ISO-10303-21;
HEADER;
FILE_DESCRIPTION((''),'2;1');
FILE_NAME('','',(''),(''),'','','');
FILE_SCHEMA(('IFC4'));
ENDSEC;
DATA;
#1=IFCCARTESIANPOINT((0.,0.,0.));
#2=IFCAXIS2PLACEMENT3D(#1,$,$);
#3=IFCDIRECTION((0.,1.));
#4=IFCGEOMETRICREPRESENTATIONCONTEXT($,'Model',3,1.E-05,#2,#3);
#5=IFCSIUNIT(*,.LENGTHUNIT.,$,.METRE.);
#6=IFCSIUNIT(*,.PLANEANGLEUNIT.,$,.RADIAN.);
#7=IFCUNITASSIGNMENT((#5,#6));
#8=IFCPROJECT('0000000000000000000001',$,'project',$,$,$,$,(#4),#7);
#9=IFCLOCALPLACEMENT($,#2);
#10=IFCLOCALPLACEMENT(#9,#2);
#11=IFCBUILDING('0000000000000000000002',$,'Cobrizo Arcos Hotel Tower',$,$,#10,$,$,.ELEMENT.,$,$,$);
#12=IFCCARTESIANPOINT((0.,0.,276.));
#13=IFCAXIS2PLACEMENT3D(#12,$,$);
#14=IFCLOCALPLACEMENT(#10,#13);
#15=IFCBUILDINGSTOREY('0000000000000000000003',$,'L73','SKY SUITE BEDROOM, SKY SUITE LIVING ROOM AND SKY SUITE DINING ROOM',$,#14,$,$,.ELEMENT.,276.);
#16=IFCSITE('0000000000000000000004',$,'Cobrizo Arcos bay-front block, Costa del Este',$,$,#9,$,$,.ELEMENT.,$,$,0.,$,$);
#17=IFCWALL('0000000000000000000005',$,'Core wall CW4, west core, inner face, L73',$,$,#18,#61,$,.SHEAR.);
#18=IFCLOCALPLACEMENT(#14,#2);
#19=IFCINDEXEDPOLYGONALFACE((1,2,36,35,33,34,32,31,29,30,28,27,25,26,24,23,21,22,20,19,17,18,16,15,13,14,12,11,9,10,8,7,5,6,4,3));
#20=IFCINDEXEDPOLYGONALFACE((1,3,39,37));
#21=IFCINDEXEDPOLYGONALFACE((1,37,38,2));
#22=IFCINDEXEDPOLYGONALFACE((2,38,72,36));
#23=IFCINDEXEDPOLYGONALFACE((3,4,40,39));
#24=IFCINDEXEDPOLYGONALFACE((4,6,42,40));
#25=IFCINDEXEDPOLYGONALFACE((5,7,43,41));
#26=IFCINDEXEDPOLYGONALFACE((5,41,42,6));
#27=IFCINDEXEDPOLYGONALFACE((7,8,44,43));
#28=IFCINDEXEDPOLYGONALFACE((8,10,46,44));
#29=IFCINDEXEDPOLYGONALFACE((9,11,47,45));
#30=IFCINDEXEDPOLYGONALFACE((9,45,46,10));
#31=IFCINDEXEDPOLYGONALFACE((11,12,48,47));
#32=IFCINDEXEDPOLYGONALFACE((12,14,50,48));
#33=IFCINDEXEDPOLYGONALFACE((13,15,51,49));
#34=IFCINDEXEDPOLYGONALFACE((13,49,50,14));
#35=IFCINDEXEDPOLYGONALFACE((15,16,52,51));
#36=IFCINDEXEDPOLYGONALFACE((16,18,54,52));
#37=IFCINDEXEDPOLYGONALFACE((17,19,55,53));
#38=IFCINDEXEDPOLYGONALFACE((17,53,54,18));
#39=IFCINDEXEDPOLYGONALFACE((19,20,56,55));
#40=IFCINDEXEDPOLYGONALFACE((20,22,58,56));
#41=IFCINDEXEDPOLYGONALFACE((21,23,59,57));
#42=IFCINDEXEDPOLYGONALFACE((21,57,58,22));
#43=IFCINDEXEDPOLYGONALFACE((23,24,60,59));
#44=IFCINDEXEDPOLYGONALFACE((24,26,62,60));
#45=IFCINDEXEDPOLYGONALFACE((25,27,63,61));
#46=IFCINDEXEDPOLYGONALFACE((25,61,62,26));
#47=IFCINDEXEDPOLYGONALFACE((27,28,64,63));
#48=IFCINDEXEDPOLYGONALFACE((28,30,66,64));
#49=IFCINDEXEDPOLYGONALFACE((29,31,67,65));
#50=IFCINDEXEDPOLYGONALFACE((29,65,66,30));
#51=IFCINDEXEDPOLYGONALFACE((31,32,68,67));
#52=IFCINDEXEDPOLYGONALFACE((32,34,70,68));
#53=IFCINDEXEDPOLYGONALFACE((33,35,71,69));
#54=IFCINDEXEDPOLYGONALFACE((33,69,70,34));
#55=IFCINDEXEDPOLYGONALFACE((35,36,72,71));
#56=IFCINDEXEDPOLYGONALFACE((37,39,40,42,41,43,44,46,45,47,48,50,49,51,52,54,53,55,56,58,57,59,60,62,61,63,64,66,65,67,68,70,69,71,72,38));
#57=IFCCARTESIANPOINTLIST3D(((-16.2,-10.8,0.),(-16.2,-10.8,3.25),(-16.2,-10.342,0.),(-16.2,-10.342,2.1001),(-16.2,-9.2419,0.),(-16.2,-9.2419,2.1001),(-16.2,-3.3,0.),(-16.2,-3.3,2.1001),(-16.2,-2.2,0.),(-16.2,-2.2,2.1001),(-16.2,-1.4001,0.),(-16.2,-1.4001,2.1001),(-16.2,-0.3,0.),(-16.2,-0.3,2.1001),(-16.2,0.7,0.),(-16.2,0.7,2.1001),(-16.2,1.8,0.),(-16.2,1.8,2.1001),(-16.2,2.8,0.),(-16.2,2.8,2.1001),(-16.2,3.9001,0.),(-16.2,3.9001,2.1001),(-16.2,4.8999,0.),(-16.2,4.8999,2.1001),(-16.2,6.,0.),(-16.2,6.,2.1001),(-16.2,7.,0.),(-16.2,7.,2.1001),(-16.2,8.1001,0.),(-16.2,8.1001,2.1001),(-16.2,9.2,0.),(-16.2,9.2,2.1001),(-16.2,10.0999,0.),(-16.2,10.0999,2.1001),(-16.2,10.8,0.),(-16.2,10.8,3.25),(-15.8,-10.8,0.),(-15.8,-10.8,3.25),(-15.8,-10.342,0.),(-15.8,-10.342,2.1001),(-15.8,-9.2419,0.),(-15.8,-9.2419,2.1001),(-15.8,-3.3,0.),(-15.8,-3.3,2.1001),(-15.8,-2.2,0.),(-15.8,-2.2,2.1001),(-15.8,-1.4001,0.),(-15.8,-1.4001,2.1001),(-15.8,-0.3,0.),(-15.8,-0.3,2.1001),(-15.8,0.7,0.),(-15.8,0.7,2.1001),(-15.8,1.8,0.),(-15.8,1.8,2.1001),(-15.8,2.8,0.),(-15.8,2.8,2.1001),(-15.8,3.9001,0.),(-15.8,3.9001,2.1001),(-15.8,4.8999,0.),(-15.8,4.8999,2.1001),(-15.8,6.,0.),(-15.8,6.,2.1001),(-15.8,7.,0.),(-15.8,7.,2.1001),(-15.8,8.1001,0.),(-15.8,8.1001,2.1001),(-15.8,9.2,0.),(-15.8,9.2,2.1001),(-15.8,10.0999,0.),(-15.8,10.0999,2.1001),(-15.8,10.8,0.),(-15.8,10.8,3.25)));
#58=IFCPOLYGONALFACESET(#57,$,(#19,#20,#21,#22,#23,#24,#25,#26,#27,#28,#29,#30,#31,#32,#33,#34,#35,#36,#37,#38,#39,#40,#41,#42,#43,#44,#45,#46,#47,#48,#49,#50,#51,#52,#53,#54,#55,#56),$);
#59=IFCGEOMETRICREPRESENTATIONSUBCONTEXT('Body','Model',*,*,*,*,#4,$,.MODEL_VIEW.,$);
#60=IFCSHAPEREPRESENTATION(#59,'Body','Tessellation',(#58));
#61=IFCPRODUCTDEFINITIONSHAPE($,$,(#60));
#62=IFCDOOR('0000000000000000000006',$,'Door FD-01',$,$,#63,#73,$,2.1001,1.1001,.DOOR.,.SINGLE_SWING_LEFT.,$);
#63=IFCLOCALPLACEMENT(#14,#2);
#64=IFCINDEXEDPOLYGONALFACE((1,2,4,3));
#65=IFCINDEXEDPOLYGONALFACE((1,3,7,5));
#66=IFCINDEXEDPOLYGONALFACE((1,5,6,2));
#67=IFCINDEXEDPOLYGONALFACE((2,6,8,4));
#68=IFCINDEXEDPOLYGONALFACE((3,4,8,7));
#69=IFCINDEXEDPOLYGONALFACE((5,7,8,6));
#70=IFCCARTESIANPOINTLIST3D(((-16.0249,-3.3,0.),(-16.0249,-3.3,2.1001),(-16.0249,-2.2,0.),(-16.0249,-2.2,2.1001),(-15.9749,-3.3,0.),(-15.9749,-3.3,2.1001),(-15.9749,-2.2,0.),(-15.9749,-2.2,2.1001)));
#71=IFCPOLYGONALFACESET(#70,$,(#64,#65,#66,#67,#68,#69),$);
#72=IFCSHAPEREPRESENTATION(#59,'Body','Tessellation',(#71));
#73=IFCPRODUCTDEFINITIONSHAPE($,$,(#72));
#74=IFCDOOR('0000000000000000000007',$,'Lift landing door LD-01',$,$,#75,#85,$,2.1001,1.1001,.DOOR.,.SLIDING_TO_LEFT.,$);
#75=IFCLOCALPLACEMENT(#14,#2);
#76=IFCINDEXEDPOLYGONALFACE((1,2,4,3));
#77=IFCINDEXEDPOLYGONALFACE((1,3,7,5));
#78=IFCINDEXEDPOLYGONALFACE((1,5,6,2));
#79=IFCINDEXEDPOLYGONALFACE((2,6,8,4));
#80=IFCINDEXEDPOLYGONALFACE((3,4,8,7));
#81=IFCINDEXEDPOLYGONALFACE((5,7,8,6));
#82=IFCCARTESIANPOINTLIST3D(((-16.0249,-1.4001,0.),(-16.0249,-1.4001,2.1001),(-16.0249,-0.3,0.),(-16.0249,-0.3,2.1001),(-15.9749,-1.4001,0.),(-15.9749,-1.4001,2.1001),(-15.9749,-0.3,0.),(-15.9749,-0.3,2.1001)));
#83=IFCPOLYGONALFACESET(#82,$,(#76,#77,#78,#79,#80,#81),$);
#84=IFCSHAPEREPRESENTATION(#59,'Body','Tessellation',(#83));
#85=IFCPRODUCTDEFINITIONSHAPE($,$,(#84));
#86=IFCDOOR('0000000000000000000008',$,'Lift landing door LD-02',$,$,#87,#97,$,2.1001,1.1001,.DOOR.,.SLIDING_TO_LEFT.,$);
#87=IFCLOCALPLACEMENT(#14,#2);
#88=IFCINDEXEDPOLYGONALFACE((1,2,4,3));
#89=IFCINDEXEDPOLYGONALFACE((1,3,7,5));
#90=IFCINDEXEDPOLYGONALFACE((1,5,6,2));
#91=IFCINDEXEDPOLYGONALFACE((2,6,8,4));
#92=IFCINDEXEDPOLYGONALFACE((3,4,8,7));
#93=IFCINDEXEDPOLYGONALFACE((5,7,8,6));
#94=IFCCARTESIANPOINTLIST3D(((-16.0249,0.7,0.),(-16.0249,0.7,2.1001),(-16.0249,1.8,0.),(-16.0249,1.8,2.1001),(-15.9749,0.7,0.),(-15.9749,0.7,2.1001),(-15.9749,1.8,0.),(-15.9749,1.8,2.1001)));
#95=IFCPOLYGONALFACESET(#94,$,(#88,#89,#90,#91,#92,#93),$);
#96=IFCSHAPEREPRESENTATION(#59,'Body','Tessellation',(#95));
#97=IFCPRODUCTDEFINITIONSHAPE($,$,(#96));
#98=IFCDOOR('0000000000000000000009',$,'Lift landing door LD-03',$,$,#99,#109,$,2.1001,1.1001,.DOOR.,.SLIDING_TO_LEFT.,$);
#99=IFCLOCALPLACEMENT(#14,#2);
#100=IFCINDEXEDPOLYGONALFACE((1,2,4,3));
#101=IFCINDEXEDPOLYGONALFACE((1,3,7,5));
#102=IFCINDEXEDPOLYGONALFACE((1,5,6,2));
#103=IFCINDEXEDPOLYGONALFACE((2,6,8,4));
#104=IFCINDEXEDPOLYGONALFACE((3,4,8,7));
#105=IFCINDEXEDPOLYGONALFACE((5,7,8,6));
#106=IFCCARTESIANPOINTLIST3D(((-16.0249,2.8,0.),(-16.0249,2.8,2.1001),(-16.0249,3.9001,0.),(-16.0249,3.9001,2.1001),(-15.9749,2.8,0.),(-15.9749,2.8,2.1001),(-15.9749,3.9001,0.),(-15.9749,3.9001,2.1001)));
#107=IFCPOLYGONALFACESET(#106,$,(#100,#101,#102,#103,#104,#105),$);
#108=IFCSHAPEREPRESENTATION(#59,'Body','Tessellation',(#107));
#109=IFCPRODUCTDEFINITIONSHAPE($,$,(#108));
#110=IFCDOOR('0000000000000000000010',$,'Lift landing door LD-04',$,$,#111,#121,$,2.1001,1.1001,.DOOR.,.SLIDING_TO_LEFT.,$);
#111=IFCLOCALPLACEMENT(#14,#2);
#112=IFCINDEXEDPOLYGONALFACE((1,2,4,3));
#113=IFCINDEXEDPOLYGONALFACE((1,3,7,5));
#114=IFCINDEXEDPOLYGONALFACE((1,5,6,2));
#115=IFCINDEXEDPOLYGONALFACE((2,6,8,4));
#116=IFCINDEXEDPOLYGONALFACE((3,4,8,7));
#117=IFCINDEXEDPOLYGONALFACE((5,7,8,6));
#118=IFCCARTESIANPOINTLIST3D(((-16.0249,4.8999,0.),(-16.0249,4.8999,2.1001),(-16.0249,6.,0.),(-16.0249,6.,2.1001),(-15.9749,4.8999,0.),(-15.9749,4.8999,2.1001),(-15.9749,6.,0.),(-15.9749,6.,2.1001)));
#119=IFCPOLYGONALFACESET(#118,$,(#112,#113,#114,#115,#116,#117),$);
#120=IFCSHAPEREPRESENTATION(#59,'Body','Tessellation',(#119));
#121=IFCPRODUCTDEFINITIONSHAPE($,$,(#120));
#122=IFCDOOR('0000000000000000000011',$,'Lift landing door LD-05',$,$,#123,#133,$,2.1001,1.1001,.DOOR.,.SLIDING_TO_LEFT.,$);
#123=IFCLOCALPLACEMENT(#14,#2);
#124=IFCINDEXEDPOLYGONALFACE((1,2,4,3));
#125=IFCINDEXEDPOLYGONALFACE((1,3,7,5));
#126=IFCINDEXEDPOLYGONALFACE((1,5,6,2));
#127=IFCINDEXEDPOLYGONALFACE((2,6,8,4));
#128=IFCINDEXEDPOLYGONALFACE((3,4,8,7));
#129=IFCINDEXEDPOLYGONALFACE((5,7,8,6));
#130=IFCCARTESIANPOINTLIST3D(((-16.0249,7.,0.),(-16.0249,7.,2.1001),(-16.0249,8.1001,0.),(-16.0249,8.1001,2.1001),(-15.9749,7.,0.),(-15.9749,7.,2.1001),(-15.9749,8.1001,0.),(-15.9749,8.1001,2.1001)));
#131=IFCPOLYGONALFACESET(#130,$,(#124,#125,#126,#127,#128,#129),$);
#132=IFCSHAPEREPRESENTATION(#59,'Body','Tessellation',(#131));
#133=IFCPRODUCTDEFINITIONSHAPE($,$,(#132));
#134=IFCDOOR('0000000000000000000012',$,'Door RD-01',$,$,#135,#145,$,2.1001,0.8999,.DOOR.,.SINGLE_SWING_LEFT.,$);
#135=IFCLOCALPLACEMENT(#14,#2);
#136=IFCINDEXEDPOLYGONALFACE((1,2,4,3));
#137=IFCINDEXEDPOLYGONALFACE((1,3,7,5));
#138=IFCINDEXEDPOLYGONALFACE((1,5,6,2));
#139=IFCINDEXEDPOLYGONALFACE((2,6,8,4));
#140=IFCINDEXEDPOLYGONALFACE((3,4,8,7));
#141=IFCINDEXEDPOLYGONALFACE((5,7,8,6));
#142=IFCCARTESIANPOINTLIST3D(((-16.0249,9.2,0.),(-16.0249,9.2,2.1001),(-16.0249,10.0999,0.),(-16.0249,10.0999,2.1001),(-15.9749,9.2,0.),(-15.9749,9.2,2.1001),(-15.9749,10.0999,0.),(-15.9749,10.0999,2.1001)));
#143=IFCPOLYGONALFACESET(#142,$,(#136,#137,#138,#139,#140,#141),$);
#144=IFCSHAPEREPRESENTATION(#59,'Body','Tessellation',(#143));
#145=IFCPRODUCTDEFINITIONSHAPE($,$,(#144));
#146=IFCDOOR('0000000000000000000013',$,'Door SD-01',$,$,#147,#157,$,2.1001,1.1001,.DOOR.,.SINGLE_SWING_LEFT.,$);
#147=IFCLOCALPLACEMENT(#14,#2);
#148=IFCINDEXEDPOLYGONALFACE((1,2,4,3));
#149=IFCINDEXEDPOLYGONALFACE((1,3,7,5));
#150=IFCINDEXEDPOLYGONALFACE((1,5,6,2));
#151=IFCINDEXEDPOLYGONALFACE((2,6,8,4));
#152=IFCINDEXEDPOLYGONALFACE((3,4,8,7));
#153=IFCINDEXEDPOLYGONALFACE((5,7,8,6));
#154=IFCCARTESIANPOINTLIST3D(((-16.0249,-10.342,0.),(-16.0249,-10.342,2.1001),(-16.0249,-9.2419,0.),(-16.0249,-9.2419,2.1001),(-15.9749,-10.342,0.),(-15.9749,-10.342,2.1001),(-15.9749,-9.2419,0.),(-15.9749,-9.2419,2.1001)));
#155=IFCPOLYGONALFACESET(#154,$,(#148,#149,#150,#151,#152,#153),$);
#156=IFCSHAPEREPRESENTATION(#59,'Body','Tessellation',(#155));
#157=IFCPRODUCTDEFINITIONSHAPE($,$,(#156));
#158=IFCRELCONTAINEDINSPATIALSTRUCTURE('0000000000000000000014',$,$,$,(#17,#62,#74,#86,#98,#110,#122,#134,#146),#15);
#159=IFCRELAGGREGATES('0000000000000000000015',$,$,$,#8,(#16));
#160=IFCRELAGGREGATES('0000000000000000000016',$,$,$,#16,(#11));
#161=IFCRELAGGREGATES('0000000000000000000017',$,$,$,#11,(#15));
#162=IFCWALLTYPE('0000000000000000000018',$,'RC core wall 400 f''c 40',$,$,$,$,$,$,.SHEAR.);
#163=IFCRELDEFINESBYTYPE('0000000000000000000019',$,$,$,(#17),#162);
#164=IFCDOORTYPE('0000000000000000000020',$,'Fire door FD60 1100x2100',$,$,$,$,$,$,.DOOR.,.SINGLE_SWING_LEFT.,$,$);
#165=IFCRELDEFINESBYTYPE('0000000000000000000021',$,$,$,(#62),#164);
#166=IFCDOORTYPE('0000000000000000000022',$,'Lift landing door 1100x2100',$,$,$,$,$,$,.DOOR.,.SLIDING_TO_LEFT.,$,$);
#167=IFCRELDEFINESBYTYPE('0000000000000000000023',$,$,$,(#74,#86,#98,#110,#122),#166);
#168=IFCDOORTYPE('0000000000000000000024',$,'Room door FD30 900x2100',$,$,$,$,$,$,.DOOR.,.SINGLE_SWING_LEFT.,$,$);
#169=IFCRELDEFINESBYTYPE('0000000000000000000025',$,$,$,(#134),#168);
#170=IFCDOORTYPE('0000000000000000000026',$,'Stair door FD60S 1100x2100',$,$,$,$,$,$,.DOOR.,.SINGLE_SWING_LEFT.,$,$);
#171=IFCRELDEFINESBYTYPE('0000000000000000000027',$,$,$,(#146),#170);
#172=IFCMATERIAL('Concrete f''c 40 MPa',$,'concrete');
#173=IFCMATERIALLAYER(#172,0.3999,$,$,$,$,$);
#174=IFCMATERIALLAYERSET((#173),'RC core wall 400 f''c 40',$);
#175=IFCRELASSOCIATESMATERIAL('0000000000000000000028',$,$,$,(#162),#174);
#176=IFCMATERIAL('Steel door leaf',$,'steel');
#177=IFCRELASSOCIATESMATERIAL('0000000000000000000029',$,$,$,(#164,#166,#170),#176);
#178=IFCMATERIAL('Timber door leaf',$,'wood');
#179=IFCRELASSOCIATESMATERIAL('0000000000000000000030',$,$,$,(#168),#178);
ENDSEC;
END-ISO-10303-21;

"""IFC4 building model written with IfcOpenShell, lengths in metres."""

from ifc_helpers import new_model, si_unit, direction, frame, frame_2d, origin, place, context, subcontext, project, spatial, rectangle, extrude, material, layer, layer_set, type_object, element, fill, save


model = new_model("IFC4")

# Units and contexts
model_context = context("Model", 3, precision=1e-05, world=origin(), true_north=direction((0.0, 1.0)))
body_context = subcontext(model_context, "Body", "Model", "MODEL_VIEW")
ifc_project = project(units=[si_unit("LENGTHUNIT", "METRE"), si_unit("PLANEANGLEUNIT", "RADIAN")], contexts=[model_context])

# Site, building, storey
site_placement = place(None, origin())
site = spatial("IfcSite", under=ifc_project, at=site_placement, Name="Cobrizo Arcos bay-front block, Costa del Este", CompositionType="ELEMENT", RefElevation=0.0)
building_placement = place(site_placement, origin())
building = spatial("IfcBuilding", under=site, at=building_placement, Name="Cobrizo Arcos Hotel Tower", CompositionType="ELEMENT")
storey_placement = place(building_placement, frame((0.0, 0.0, 276.0)))
storey = spatial("IfcBuildingStorey", under=building, at=storey_placement, Name="L73", Description="SKY SUITE BEDROOM, SKY SUITE LIVING ROOM AND SKY SUITE DINING ROOM", CompositionType="ELEMENT", Elevation=276.0)

# Wall, openings, doors
ifc_material_1 = material(Name="Concrete f'c 40 MPa", Category="concrete")
ifc_layer_1 = layer(ifc_material_1, 0.3999)
ifc_layer_set_1 = layer_set([ifc_layer_1], Name="RC core wall 400 f'c 40")
wall_type_1 = type_object("IfcWallType", Name="RC core wall 400 f'c 40", PredefinedType="SHEAR", material=ifc_layer_set_1)
wall_1_placement = place(storey_placement, frame((-16.0, -10.8, 0.0), z_axis=(0.0, 0.0, 1.0), x_axis=(0.0, 1.0, 0.0)))
wall_1 = element("IfcWall", 1, at=wall_1_placement, inside=storey, type_object=wall_type_1, Name="Core wall CW4, west core, inner face, L73", PredefinedType="SHEAR", context=body_context, shape_type="SweptSolid", body=[
    extrude(rectangle(XDim=21.6001, YDim=0.3999, at=frame_2d((10.8, 0.0))), origin(), (0.0, 0.0, 1.0), 3.25),
])
opening_1_placement = place(wall_1_placement, frame((9.3999, 0.0, 0.0)))
opening_1 = element("IfcOpeningElement", 2, at=opening_1_placement, cuts=wall_1, PredefinedType="OPENING", context=body_context, shape_type="SweptSolid", body=[
    extrude(rectangle(XDim=1.1001, YDim=2.1001, at=frame_2d((0.55, 1.05))), frame((0.0, 0.2119, 0.0), z_axis=(0.0, -1.0, 0.0), x_axis=(1.0, 0.0, 0.0)), (0.0, 0.0, 1.0), 0.4238),
])
opening_2_placement = place(wall_1_placement, frame((11.5, 0.0, 0.0)))
opening_2 = element("IfcOpeningElement", 3, at=opening_2_placement, cuts=wall_1, PredefinedType="OPENING", context=body_context, shape_type="SweptSolid", body=[
    extrude(rectangle(XDim=1.1001, YDim=2.1001, at=frame_2d((0.55, 1.05))), frame((0.0, 0.2119, 0.0), z_axis=(0.0, -1.0, 0.0), x_axis=(1.0, 0.0, 0.0)), (0.0, 0.0, 1.0), 0.4238),
])
opening_3_placement = place(wall_1_placement, frame((13.6001, 0.0, 0.0)))
opening_3 = element("IfcOpeningElement", 4, at=opening_3_placement, cuts=wall_1, PredefinedType="OPENING", context=body_context, shape_type="SweptSolid", body=[
    extrude(rectangle(XDim=1.1001, YDim=2.1001, at=frame_2d((0.55, 1.05))), frame((0.0, 0.2119, 0.0), z_axis=(0.0, -1.0, 0.0), x_axis=(1.0, 0.0, 0.0)), (0.0, 0.0, 1.0), 0.4238),
])
opening_4_placement = place(wall_1_placement, frame((15.7, 0.0, 0.0)))
opening_4 = element("IfcOpeningElement", 5, at=opening_4_placement, cuts=wall_1, PredefinedType="OPENING", context=body_context, shape_type="SweptSolid", body=[
    extrude(rectangle(XDim=1.1001, YDim=2.1001, at=frame_2d((0.55, 1.05))), frame((0.0, 0.2119, 0.0), z_axis=(0.0, -1.0, 0.0), x_axis=(1.0, 0.0, 0.0)), (0.0, 0.0, 1.0), 0.4238),
])
opening_5_placement = place(wall_1_placement, frame((17.8, 0.0, 0.0)))
opening_5 = element("IfcOpeningElement", 6, at=opening_5_placement, cuts=wall_1, PredefinedType="OPENING", context=body_context, shape_type="SweptSolid", body=[
    extrude(rectangle(XDim=1.1001, YDim=2.1001, at=frame_2d((0.55, 1.05))), frame((0.0, 0.2119, 0.0), z_axis=(0.0, -1.0, 0.0), x_axis=(1.0, 0.0, 0.0)), (0.0, 0.0, 1.0), 0.4238),
])
opening_6_placement = place(wall_1_placement, frame((0.458, 0.0, 0.0)))
opening_6 = element("IfcOpeningElement", 7, at=opening_6_placement, cuts=wall_1, PredefinedType="OPENING", context=body_context, shape_type="SweptSolid", body=[
    extrude(rectangle(XDim=1.1001, YDim=2.1001, at=frame_2d((0.55, 1.05))), frame((0.0, 0.2119, 0.0), z_axis=(0.0, -1.0, 0.0), x_axis=(1.0, 0.0, 0.0)), (0.0, 0.0, 1.0), 0.4238),
])
opening_7_placement = place(wall_1_placement, frame((7.5, 0.0, 0.0)))
opening_7 = element("IfcOpeningElement", 8, at=opening_7_placement, cuts=wall_1, PredefinedType="OPENING", context=body_context, shape_type="SweptSolid", body=[
    extrude(rectangle(XDim=1.1001, YDim=2.1001, at=frame_2d((0.55, 1.05))), frame((0.0, 0.2119, 0.0), z_axis=(0.0, -1.0, 0.0), x_axis=(1.0, 0.0, 0.0)), (0.0, 0.0, 1.0), 0.4238),
])
opening_8_placement = place(wall_1_placement, frame((20.0, 0.0, 0.0)))
opening_8 = element("IfcOpeningElement", 9, at=opening_8_placement, cuts=wall_1, PredefinedType="OPENING", context=body_context, shape_type="SweptSolid", body=[
    extrude(rectangle(XDim=0.8999, YDim=2.1001, at=frame_2d((0.45, 1.05))), frame((0.0, 0.2119, 0.0), z_axis=(0.0, -1.0, 0.0), x_axis=(1.0, 0.0, 0.0)), (0.0, 0.0, 1.0), 0.4238),
])
ifc_material_2 = material(Name="Steel door leaf", Category="steel")
door_type_1 = type_object("IfcDoorType", Name="Fire door FD60 1100x2100", OperationType="SINGLE_SWING_LEFT", PredefinedType="DOOR", material=ifc_material_2)
door_1_placement = place(opening_7_placement, origin())
door_1 = element("IfcDoor", 10, at=door_1_placement, inside=storey, type_object=door_type_1, Name="Door FD-01", OperationType="SINGLE_SWING_LEFT", OverallHeight=2.1001, OverallWidth=1.1001, PredefinedType="DOOR", context=body_context, shape_type="SweptSolid", body=[
    extrude(rectangle(XDim=1.1001, YDim=2.1001, at=frame_2d((0.55, 1.05))), frame((0.0, 0.0249, 0.0), z_axis=(0.0, -1.0, 0.0), x_axis=(1.0, 0.0, 0.0)), (0.0, 0.0, 1.0), 0.05),
])
fill(opening_7, door_1)
door_type_2 = type_object("IfcDoorType", Name="Lift landing door 1100x2100", OperationType="SLIDING_TO_LEFT", PredefinedType="DOOR", material=ifc_material_2)
door_2_placement = place(opening_1_placement, origin())
door_2 = element("IfcDoor", 11, at=door_2_placement, inside=storey, type_object=door_type_2, Name="Lift landing door LD-01", OperationType="SLIDING_TO_LEFT", OverallHeight=2.1001, OverallWidth=1.1001, PredefinedType="DOOR", context=body_context, shape_type="SweptSolid", body=[
    extrude(rectangle(XDim=1.1001, YDim=2.1001, at=frame_2d((0.55, 1.05))), frame((0.0, 0.0249, 0.0), z_axis=(0.0, -1.0, 0.0), x_axis=(1.0, 0.0, 0.0)), (0.0, 0.0, 1.0), 0.05),
])
fill(opening_1, door_2)
door_3_placement = place(opening_2_placement, origin())
door_3 = element("IfcDoor", 12, at=door_3_placement, inside=storey, type_object=door_type_2, Name="Lift landing door LD-02", OperationType="SLIDING_TO_LEFT", OverallHeight=2.1001, OverallWidth=1.1001, PredefinedType="DOOR", context=body_context, shape_type="SweptSolid", body=[
    extrude(rectangle(XDim=1.1001, YDim=2.1001, at=frame_2d((0.55, 1.05))), frame((0.0, 0.0249, 0.0), z_axis=(0.0, -1.0, 0.0), x_axis=(1.0, 0.0, 0.0)), (0.0, 0.0, 1.0), 0.05),
])
fill(opening_2, door_3)
door_4_placement = place(opening_3_placement, origin())
door_4 = element("IfcDoor", 13, at=door_4_placement, inside=storey, type_object=door_type_2, Name="Lift landing door LD-03", OperationType="SLIDING_TO_LEFT", OverallHeight=2.1001, OverallWidth=1.1001, PredefinedType="DOOR", context=body_context, shape_type="SweptSolid", body=[
    extrude(rectangle(XDim=1.1001, YDim=2.1001, at=frame_2d((0.55, 1.05))), frame((0.0, 0.0249, 0.0), z_axis=(0.0, -1.0, 0.0), x_axis=(1.0, 0.0, 0.0)), (0.0, 0.0, 1.0), 0.05),
])
fill(opening_3, door_4)
door_5_placement = place(opening_4_placement, origin())
door_5 = element("IfcDoor", 14, at=door_5_placement, inside=storey, type_object=door_type_2, Name="Lift landing door LD-04", OperationType="SLIDING_TO_LEFT", OverallHeight=2.1001, OverallWidth=1.1001, PredefinedType="DOOR", context=body_context, shape_type="SweptSolid", body=[
    extrude(rectangle(XDim=1.1001, YDim=2.1001, at=frame_2d((0.55, 1.05))), frame((0.0, 0.0249, 0.0), z_axis=(0.0, -1.0, 0.0), x_axis=(1.0, 0.0, 0.0)), (0.0, 0.0, 1.0), 0.05),
])
fill(opening_4, door_5)
door_6_placement = place(opening_5_placement, origin())
door_6 = element("IfcDoor", 15, at=door_6_placement, inside=storey, type_object=door_type_2, Name="Lift landing door LD-05", OperationType="SLIDING_TO_LEFT", OverallHeight=2.1001, OverallWidth=1.1001, PredefinedType="DOOR", context=body_context, shape_type="SweptSolid", body=[
    extrude(rectangle(XDim=1.1001, YDim=2.1001, at=frame_2d((0.55, 1.05))), frame((0.0, 0.0249, 0.0), z_axis=(0.0, -1.0, 0.0), x_axis=(1.0, 0.0, 0.0)), (0.0, 0.0, 1.0), 0.05),
])
fill(opening_5, door_6)
ifc_material_3 = material(Name="Timber door leaf", Category="wood")
door_type_3 = type_object("IfcDoorType", Name="Room door FD30 900x2100", OperationType="SINGLE_SWING_LEFT", PredefinedType="DOOR", material=ifc_material_3)
door_7_placement = place(opening_8_placement, origin())
door_7 = element("IfcDoor", 16, at=door_7_placement, inside=storey, type_object=door_type_3, Name="Door RD-01", OperationType="SINGLE_SWING_LEFT", OverallHeight=2.1001, OverallWidth=0.8999, PredefinedType="DOOR", context=body_context, shape_type="SweptSolid", body=[
    extrude(rectangle(XDim=0.8999, YDim=2.1001, at=frame_2d((0.45, 1.05))), frame((0.0, 0.0249, 0.0), z_axis=(0.0, -1.0, 0.0), x_axis=(1.0, 0.0, 0.0)), (0.0, 0.0, 1.0), 0.05),
])
fill(opening_8, door_7)
door_type_4 = type_object("IfcDoorType", Name="Stair door FD60S 1100x2100", OperationType="SINGLE_SWING_LEFT", PredefinedType="DOOR", material=ifc_material_2)
door_8_placement = place(opening_6_placement, origin())
door_8 = element("IfcDoor", 17, at=door_8_placement, inside=storey, type_object=door_type_4, Name="Door SD-01", OperationType="SINGLE_SWING_LEFT", OverallHeight=2.1001, OverallWidth=1.1001, PredefinedType="DOOR", context=body_context, shape_type="SweptSolid", body=[
    extrude(rectangle(XDim=1.1001, YDim=2.1001, at=frame_2d((0.55, 1.05))), frame((0.0, 0.0249, 0.0), z_axis=(0.0, -1.0, 0.0), x_axis=(1.0, 0.0, 0.0)), (0.0, 0.0, 1.0), 0.05),
])
fill(opening_6, door_8)

save(model, "model.ifc")
